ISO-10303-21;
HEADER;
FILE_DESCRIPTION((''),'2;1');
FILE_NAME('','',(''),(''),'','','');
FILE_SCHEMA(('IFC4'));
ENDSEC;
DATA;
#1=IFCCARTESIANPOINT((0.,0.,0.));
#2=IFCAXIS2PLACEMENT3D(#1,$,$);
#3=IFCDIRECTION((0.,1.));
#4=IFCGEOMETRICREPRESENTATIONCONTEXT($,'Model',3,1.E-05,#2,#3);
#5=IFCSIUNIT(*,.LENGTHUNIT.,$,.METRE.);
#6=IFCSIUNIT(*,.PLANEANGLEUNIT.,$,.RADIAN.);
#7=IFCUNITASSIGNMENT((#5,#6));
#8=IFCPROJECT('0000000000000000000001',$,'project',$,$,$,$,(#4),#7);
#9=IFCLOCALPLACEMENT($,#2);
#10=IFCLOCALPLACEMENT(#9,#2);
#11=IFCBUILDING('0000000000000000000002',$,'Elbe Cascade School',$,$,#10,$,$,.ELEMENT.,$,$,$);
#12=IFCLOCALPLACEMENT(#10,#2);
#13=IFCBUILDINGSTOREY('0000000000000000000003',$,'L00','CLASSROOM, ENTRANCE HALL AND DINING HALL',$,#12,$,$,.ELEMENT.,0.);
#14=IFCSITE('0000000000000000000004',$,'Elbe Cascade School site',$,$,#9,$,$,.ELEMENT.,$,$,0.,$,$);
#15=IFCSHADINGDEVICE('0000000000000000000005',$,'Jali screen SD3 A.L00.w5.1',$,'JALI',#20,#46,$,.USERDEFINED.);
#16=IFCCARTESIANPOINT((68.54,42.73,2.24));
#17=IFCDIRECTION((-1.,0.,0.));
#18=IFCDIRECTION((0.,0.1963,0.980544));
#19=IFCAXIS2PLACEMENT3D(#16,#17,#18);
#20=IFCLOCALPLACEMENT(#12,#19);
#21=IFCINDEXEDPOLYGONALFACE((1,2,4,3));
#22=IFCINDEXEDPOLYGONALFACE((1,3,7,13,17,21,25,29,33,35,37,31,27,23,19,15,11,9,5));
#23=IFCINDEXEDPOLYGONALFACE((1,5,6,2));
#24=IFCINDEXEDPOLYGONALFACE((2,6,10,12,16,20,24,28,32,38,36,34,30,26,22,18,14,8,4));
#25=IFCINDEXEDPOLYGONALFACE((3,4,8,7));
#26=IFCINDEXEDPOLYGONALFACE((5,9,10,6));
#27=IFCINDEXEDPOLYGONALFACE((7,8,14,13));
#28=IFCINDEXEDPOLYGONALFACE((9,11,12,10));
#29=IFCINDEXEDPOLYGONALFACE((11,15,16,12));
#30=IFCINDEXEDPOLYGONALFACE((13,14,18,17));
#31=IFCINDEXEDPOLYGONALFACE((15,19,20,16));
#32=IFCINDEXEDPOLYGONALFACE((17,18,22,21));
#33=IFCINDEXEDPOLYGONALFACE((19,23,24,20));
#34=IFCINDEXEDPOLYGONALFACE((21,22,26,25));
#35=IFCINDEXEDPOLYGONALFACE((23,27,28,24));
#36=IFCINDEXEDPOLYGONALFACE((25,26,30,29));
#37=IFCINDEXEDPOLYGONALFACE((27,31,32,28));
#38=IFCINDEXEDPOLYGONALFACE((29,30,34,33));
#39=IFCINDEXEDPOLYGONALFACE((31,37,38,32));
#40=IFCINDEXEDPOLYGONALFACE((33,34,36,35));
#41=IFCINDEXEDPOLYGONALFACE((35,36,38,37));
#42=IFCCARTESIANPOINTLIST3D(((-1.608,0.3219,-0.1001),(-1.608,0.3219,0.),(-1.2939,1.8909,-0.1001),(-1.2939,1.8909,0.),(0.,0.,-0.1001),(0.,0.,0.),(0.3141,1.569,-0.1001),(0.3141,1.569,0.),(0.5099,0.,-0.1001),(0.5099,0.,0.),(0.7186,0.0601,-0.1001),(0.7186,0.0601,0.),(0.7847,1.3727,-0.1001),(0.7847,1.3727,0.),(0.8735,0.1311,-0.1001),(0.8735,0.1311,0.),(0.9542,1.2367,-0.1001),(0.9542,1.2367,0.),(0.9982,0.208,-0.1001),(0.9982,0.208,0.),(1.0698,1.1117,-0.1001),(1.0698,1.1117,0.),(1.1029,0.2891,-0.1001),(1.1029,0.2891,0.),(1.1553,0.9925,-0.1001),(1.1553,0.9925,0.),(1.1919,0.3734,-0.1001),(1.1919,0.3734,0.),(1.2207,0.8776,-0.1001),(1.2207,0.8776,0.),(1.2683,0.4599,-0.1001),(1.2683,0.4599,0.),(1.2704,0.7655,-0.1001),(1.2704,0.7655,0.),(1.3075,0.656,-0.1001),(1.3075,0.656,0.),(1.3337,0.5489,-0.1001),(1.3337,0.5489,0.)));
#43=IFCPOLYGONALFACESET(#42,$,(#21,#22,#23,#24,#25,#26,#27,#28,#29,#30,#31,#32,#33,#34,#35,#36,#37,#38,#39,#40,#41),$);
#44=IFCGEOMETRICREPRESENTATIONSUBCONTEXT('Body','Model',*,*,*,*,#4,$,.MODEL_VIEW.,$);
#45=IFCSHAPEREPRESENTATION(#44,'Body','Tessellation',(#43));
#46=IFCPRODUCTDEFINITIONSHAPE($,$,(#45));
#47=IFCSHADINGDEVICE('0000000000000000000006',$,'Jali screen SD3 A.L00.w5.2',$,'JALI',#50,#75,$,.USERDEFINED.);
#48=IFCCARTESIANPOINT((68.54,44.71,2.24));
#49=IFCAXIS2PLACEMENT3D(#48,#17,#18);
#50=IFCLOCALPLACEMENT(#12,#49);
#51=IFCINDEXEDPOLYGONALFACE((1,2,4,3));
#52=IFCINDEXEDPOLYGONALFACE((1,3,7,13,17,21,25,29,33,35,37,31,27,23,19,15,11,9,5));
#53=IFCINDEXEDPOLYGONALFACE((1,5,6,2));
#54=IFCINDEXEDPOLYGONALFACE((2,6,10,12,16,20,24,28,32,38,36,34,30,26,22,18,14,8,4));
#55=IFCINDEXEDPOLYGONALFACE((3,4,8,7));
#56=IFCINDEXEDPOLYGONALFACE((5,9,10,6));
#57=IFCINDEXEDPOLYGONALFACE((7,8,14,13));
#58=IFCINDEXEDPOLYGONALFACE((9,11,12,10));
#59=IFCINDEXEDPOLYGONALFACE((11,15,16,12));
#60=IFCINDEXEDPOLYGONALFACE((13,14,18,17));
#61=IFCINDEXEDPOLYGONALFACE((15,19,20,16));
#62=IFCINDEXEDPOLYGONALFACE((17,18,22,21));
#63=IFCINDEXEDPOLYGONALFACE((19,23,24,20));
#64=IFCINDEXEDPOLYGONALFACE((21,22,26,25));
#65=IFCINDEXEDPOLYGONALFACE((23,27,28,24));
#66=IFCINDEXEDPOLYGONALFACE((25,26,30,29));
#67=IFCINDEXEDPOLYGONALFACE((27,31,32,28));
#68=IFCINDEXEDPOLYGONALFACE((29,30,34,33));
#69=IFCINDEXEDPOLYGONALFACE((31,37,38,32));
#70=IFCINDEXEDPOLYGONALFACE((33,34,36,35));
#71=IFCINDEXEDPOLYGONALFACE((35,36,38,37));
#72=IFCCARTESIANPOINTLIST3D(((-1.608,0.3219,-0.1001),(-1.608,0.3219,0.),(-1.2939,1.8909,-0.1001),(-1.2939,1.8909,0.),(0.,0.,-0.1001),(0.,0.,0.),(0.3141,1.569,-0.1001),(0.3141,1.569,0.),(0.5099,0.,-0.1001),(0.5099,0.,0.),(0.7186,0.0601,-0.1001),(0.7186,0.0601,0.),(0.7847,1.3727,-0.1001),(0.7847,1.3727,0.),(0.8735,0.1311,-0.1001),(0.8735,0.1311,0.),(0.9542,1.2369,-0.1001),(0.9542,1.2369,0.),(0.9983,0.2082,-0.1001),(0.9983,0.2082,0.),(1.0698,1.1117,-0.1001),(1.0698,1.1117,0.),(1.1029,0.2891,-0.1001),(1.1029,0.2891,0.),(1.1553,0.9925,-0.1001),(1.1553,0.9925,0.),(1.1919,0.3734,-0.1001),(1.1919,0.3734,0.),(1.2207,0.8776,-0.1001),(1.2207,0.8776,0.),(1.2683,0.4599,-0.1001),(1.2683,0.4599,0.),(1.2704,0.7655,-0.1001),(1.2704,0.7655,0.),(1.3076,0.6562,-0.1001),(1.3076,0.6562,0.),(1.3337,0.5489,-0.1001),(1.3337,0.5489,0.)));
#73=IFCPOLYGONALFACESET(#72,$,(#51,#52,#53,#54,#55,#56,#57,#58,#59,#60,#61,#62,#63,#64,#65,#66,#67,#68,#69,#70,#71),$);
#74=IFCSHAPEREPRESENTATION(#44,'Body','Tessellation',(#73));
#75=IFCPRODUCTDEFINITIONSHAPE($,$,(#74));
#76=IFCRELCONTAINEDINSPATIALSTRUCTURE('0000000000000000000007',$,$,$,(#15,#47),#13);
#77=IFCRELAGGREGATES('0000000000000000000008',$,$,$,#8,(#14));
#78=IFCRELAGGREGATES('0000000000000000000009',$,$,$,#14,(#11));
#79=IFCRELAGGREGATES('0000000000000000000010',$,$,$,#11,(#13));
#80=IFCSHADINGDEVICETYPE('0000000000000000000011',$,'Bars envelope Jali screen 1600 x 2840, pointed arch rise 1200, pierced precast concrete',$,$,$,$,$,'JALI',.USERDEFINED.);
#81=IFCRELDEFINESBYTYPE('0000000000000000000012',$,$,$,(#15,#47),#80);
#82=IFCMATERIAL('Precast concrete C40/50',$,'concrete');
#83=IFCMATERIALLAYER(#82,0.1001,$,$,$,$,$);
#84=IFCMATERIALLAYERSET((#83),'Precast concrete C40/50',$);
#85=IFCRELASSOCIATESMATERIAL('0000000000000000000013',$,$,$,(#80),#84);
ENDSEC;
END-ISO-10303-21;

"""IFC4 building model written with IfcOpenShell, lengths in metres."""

from ifc_helpers import new_model, si_unit, direction, frame, origin, place, context, subcontext, project, spatial, polyline, outline, extrude, material, layer, layer_set, type_object, element, save


model = new_model("IFC4")

# Units and contexts
model_context = context("Model", 3, precision=1e-05, world=origin(), true_north=direction((0.0, 1.0)))
body_context = subcontext(model_context, "Body", "Model", "MODEL_VIEW")
ifc_project = project(units=[si_unit("LENGTHUNIT", "METRE"), si_unit("PLANEANGLEUNIT", "RADIAN")], contexts=[model_context])

# Site, building, storey
site_placement = place(None, origin())
site = spatial("IfcSite", under=ifc_project, at=site_placement, Name="Elbe Cascade School site", CompositionType="ELEMENT", RefElevation=0.0)
building_placement = place(site_placement, origin())
building = spatial("IfcBuilding", under=site, at=building_placement, Name="Elbe Cascade School", CompositionType="ELEMENT")
storey_placement = place(building_placement, origin())
storey = spatial("IfcBuildingStorey", under=building, at=storey_placement, Name="L00", Description="CLASSROOM, ENTRANCE HALL AND DINING HALL", CompositionType="ELEMENT", Elevation=0.0)

# Shading devices
ifc_material_1 = material(Name="Precast concrete C40/50", Category="concrete")
ifc_layer_1 = layer(ifc_material_1, 0.1001)
ifc_layer_set_1 = layer_set([ifc_layer_1], Name="Precast concrete C40/50")
shading_device_type = type_object("IfcShadingDeviceType", Name="Bars envelope Jali screen 1600 x 2840, pointed arch rise 1200, pierced precast concrete", ElementType="JALI", PredefinedType="USERDEFINED", material=ifc_layer_set_1)
shading_device_1_placement = place(storey_placement, frame((68.54, 42.73, 2.24), z_axis=(-1.0, 0.0, 0.0), x_axis=(0.0, 0.1963, 0.980544)))
element("IfcShadingDevice", 1, at=shading_device_1_placement, inside=storey, type_object=shading_device_type, Name="Jali screen SD3 A.L00.w5.1", ObjectType="JALI", PredefinedType="USERDEFINED", context=body_context, shape_type="SweptSolid", body=[
    extrude(outline(polyline([(0.0, 0.0), (0.5099, 0.0), (0.7186, 0.0601), (0.8735, 0.1311), (0.9982, 0.208), (1.1029, 0.2891), (1.1919, 0.3734), (1.2683, 0.4599), (1.3337, 0.5489), (1.3075, 0.656), (1.2704, 0.7655), (1.2207, 0.8776), (1.1553, 0.9925), (1.0698, 1.1117), (0.9542, 1.2367), (0.7847, 1.3727), (0.3141, 1.569), (-1.2939, 1.8909), (-1.608, 0.3219), (0.0, 0.0)])), origin(), (0.0, 0.0, -1.0), 0.1001),
])
shading_device_2_placement = place(storey_placement, frame((68.54, 44.71, 2.24), z_axis=(-1.0, 0.0, 0.0), x_axis=(0.0, 0.1963, 0.980544)))
element("IfcShadingDevice", 2, at=shading_device_2_placement, inside=storey, type_object=shading_device_type, Name="Jali screen SD3 A.L00.w5.2", ObjectType="JALI", PredefinedType="USERDEFINED", context=body_context, shape_type="SweptSolid", body=[
    extrude(outline(polyline([(0.0, 0.0), (0.5099, 0.0), (0.7186, 0.0601), (0.8735, 0.1311), (0.9983, 0.2082), (1.1029, 0.2891), (1.1919, 0.3734), (1.2683, 0.4599), (1.3337, 0.5489), (1.3076, 0.6562), (1.2704, 0.7655), (1.2207, 0.8776), (1.1553, 0.9925), (1.0698, 1.1117), (0.9542, 1.2369), (0.7847, 1.3727), (0.3141, 1.569), (-1.2939, 1.8909), (-1.608, 0.3219), (0.0, 0.0)])), origin(), (0.0, 0.0, -1.0), 0.1001),
])

save(model, "model.ifc")
